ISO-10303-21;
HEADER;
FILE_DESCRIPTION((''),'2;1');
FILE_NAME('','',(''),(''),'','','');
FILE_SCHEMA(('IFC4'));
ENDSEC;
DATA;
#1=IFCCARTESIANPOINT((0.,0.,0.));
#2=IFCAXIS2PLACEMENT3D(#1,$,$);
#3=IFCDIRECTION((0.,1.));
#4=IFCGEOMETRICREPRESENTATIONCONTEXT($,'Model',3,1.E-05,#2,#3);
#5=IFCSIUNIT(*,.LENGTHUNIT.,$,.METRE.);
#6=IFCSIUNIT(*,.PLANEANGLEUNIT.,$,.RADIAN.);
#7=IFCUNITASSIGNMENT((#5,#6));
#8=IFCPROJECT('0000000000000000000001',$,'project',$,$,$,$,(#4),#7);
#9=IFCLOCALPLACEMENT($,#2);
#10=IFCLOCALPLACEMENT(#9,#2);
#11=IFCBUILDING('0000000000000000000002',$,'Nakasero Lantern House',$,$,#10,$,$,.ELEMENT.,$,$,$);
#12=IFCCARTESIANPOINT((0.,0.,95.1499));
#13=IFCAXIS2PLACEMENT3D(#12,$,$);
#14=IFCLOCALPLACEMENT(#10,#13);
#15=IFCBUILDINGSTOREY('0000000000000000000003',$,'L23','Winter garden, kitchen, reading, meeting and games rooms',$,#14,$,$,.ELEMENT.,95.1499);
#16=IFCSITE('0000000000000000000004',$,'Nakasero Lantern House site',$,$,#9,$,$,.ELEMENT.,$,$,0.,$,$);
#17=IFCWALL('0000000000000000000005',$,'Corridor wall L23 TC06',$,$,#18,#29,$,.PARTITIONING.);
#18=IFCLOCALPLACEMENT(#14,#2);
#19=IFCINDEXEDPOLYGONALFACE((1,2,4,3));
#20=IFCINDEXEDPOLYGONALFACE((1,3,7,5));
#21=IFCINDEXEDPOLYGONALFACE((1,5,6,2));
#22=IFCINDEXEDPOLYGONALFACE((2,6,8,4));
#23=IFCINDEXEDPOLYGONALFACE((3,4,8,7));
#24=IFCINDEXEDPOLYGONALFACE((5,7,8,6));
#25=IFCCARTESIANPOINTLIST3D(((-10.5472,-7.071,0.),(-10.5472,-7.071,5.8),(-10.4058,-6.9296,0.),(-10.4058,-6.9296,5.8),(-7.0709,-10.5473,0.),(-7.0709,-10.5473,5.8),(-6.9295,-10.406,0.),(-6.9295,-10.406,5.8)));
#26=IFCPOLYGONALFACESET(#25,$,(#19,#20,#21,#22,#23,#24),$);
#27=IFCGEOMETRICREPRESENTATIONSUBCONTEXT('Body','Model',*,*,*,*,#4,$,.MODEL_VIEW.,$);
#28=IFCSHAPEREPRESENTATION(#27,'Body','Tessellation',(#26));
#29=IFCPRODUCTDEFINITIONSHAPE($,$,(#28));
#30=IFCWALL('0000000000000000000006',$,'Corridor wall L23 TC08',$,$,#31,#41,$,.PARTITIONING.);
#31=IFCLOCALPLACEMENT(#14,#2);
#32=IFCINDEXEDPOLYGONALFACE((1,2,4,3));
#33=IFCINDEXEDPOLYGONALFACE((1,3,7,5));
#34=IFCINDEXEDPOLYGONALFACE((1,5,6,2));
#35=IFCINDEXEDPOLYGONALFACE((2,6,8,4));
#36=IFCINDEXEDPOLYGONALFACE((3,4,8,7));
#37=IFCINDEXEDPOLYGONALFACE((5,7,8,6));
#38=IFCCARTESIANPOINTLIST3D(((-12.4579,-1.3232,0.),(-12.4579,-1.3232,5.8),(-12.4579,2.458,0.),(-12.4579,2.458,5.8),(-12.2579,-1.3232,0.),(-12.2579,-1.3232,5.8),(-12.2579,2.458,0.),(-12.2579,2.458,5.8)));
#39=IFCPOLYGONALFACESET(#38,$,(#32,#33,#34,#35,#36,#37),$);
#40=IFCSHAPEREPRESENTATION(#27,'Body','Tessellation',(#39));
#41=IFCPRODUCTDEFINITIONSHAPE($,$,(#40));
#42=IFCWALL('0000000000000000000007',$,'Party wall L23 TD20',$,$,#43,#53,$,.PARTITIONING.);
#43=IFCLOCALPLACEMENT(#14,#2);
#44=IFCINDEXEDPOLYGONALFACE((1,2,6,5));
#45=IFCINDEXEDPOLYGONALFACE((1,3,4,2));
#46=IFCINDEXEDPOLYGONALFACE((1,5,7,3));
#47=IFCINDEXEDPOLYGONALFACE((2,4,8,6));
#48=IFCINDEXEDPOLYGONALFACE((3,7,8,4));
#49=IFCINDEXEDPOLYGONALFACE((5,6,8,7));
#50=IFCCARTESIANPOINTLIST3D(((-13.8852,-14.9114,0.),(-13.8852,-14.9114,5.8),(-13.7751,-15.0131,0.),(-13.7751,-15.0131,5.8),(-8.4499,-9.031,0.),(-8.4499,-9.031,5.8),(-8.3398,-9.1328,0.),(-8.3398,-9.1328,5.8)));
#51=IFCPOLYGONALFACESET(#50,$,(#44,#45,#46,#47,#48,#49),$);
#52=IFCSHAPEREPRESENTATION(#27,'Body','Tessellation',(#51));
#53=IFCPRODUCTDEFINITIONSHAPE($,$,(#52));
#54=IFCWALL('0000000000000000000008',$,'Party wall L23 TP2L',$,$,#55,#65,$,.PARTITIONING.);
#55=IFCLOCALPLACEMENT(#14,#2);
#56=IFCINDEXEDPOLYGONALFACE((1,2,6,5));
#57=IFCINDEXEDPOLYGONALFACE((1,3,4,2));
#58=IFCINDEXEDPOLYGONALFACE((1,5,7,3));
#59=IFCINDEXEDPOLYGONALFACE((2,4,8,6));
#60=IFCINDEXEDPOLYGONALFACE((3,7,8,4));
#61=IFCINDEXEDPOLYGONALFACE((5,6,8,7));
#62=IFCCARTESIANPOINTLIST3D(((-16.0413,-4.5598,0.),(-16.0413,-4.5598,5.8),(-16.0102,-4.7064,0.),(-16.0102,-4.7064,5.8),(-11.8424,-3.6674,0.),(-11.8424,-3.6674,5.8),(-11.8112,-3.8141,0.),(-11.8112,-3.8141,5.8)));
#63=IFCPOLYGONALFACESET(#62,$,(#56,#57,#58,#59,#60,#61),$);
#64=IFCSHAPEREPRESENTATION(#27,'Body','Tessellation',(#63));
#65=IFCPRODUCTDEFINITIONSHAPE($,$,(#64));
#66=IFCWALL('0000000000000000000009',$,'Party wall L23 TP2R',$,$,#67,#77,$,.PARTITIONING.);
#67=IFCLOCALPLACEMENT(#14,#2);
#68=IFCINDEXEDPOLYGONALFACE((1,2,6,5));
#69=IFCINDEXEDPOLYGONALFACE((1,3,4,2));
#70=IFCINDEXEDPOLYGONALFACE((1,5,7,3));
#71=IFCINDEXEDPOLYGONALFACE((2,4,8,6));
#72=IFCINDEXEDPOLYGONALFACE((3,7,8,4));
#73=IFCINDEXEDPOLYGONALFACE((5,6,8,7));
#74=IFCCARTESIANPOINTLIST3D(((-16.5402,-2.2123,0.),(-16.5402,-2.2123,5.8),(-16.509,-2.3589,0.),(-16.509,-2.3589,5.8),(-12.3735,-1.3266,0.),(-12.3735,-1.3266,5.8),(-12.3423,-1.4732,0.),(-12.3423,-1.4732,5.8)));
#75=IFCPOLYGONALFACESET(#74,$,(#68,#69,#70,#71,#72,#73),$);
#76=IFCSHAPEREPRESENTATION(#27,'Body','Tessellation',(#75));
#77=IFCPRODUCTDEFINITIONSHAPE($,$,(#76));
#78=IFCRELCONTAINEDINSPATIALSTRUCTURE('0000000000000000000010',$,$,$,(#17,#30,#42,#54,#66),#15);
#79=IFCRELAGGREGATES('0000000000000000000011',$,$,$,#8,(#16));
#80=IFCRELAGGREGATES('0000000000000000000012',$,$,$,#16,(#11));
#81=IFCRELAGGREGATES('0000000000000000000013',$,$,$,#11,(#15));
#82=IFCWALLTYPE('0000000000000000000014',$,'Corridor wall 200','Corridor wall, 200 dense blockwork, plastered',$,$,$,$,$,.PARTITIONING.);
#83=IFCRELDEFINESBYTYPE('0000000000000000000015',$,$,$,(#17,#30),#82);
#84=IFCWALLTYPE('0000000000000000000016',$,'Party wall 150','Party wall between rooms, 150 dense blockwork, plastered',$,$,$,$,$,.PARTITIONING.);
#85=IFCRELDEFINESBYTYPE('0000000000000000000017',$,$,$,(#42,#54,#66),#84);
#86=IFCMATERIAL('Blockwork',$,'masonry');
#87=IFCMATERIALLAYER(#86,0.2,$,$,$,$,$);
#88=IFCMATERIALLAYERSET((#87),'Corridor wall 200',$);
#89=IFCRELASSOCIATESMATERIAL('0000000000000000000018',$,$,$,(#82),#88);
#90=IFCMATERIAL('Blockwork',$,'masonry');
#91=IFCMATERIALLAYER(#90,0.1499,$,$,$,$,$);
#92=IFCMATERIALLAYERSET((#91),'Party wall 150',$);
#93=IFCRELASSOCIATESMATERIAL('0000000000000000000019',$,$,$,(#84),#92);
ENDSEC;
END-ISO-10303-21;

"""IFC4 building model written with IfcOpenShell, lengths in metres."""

from ifc_helpers import new_model, si_unit, direction, frame, frame_2d, origin, place, context, subcontext, project, spatial, rectangle, extrude, material, layer, layer_set, type_object, element, save


model = new_model("IFC4")

# Units and contexts
model_context = context("Model", 3, precision=1e-05, world=origin(), true_north=direction((0.0, 1.0)))
body_context = subcontext(model_context, "Body", "Model", "MODEL_VIEW")
ifc_project = project(units=[si_unit("LENGTHUNIT", "METRE"), si_unit("PLANEANGLEUNIT", "RADIAN")], contexts=[model_context])

# Site, building, storey
site_placement = place(None, origin())
site = spatial("IfcSite", under=ifc_project, at=site_placement, Name="Nakasero Lantern House site", CompositionType="ELEMENT", RefElevation=0.0)
building_placement = place(site_placement, origin())
building = spatial("IfcBuilding", under=site, at=building_placement, Name="Nakasero Lantern House", CompositionType="ELEMENT")
storey_placement = place(building_placement, frame((0.0, 0.0, 95.1499)))
storey = spatial("IfcBuildingStorey", under=building, at=storey_placement, Name="L23", Description="Winter garden, kitchen, reading, meeting and games rooms", CompositionType="ELEMENT", Elevation=95.1499)

# Wall
ifc_material_1 = material(Name="Blockwork", Category="masonry")
ifc_layer_1 = layer(ifc_material_1, 0.2)
ifc_layer_set_1 = layer_set([ifc_layer_1], Name="Corridor wall 200")
wall_type_1 = type_object("IfcWallType", Name="Corridor wall 200", Description="Corridor wall, 200 dense blockwork, plastered", PredefinedType="PARTITIONING", material=ifc_layer_set_1)
wall_1_placement = place(storey_placement, frame((-7.0002, -10.4766, 0.0), z_axis=(0.0, 0.0, 1.0), x_axis=(-0.707107, 0.707107, 0.0)))
element("IfcWall", 1, at=wall_1_placement, inside=storey, type_object=wall_type_1, Name="Corridor wall L23 TC06", PredefinedType="PARTITIONING", context=body_context, shape_type="SweptSolid", body=[
    extrude(rectangle(XDim=4.9163, YDim=0.2, at=frame_2d((2.458, 0.0))), origin(), (0.0, 0.0, 1.0), 5.8),
])

# Walls
wall_2_placement = place(storey_placement, frame((-12.3579, -1.3232, 0.0), z_axis=(0.0, 0.0, 1.0), x_axis=(0.0, 1.0, 0.0)))
element("IfcWall", 2, at=wall_2_placement, inside=storey, type_object=wall_type_1, Name="Corridor wall L23 TC08", PredefinedType="PARTITIONING", context=body_context, shape_type="SweptSolid", body=[
    extrude(rectangle(XDim=3.7812, YDim=0.2, at=frame_2d((1.8906, 0.0))), origin(), (0.0, 0.0, 1.0), 5.8),
])
ifc_material_2 = material(Name="Blockwork", Category="masonry")
ifc_layer_2 = layer(ifc_material_2, 0.1499)
ifc_layer_set_2 = layer_set([ifc_layer_2], Name="Party wall 150")
wall_type_2 = type_object("IfcWallType", Name="Party wall 150", Description="Party wall between rooms, 150 dense blockwork, plastered", PredefinedType="PARTITIONING", material=ifc_layer_set_2)
wall_3_placement = place(storey_placement, frame((-8.3948, -9.0818, 0.0), z_axis=(0.0, 0.0, 1.0), x_axis=(-0.67877, -0.734351, 0.0)))
element("IfcWall", 3, at=wall_3_placement, inside=storey, type_object=wall_type_2, Name="Party wall L23 TD20", PredefinedType="PARTITIONING", context=body_context, shape_type="SweptSolid", body=[
    extrude(rectangle(XDim=8.0076, YDim=0.1499, at=frame_2d((4.0039, 0.0))), origin(), (0.0, 0.0, 1.0), 5.8),
])
wall_4_placement = place(storey_placement, frame((-11.8267, -3.7407, 0.0), z_axis=(0.0, 0.0, 1.0), x_axis=(-0.978156, -0.20787, 0.0)))
element("IfcWall", 4, at=wall_4_placement, inside=storey, type_object=wall_type_2, Name="Party wall L23 TP2L", PredefinedType="PARTITIONING", context=body_context, shape_type="SweptSolid", body=[
    extrude(rectangle(XDim=4.2927, YDim=0.1499, at=frame_2d((2.1465, 0.0))), origin(), (0.0, 0.0, 1.0), 5.8),
])
wall_5_placement = place(storey_placement, frame((-12.3579, -1.3999, 0.0), z_axis=(0.0, 0.0, 1.0), x_axis=(-0.978144, -0.207928, 0.0)))
element("IfcWall", 5, at=wall_5_placement, inside=storey, type_object=wall_type_2, Name="Party wall L23 TP2R", PredefinedType="PARTITIONING", context=body_context, shape_type="SweptSolid", body=[
    extrude(rectangle(XDim=4.2598, YDim=0.1499, at=frame_2d((2.1299, 0.0))), origin(), (0.0, 0.0, 1.0), 5.8),
])

save(model, "model.ifc")
